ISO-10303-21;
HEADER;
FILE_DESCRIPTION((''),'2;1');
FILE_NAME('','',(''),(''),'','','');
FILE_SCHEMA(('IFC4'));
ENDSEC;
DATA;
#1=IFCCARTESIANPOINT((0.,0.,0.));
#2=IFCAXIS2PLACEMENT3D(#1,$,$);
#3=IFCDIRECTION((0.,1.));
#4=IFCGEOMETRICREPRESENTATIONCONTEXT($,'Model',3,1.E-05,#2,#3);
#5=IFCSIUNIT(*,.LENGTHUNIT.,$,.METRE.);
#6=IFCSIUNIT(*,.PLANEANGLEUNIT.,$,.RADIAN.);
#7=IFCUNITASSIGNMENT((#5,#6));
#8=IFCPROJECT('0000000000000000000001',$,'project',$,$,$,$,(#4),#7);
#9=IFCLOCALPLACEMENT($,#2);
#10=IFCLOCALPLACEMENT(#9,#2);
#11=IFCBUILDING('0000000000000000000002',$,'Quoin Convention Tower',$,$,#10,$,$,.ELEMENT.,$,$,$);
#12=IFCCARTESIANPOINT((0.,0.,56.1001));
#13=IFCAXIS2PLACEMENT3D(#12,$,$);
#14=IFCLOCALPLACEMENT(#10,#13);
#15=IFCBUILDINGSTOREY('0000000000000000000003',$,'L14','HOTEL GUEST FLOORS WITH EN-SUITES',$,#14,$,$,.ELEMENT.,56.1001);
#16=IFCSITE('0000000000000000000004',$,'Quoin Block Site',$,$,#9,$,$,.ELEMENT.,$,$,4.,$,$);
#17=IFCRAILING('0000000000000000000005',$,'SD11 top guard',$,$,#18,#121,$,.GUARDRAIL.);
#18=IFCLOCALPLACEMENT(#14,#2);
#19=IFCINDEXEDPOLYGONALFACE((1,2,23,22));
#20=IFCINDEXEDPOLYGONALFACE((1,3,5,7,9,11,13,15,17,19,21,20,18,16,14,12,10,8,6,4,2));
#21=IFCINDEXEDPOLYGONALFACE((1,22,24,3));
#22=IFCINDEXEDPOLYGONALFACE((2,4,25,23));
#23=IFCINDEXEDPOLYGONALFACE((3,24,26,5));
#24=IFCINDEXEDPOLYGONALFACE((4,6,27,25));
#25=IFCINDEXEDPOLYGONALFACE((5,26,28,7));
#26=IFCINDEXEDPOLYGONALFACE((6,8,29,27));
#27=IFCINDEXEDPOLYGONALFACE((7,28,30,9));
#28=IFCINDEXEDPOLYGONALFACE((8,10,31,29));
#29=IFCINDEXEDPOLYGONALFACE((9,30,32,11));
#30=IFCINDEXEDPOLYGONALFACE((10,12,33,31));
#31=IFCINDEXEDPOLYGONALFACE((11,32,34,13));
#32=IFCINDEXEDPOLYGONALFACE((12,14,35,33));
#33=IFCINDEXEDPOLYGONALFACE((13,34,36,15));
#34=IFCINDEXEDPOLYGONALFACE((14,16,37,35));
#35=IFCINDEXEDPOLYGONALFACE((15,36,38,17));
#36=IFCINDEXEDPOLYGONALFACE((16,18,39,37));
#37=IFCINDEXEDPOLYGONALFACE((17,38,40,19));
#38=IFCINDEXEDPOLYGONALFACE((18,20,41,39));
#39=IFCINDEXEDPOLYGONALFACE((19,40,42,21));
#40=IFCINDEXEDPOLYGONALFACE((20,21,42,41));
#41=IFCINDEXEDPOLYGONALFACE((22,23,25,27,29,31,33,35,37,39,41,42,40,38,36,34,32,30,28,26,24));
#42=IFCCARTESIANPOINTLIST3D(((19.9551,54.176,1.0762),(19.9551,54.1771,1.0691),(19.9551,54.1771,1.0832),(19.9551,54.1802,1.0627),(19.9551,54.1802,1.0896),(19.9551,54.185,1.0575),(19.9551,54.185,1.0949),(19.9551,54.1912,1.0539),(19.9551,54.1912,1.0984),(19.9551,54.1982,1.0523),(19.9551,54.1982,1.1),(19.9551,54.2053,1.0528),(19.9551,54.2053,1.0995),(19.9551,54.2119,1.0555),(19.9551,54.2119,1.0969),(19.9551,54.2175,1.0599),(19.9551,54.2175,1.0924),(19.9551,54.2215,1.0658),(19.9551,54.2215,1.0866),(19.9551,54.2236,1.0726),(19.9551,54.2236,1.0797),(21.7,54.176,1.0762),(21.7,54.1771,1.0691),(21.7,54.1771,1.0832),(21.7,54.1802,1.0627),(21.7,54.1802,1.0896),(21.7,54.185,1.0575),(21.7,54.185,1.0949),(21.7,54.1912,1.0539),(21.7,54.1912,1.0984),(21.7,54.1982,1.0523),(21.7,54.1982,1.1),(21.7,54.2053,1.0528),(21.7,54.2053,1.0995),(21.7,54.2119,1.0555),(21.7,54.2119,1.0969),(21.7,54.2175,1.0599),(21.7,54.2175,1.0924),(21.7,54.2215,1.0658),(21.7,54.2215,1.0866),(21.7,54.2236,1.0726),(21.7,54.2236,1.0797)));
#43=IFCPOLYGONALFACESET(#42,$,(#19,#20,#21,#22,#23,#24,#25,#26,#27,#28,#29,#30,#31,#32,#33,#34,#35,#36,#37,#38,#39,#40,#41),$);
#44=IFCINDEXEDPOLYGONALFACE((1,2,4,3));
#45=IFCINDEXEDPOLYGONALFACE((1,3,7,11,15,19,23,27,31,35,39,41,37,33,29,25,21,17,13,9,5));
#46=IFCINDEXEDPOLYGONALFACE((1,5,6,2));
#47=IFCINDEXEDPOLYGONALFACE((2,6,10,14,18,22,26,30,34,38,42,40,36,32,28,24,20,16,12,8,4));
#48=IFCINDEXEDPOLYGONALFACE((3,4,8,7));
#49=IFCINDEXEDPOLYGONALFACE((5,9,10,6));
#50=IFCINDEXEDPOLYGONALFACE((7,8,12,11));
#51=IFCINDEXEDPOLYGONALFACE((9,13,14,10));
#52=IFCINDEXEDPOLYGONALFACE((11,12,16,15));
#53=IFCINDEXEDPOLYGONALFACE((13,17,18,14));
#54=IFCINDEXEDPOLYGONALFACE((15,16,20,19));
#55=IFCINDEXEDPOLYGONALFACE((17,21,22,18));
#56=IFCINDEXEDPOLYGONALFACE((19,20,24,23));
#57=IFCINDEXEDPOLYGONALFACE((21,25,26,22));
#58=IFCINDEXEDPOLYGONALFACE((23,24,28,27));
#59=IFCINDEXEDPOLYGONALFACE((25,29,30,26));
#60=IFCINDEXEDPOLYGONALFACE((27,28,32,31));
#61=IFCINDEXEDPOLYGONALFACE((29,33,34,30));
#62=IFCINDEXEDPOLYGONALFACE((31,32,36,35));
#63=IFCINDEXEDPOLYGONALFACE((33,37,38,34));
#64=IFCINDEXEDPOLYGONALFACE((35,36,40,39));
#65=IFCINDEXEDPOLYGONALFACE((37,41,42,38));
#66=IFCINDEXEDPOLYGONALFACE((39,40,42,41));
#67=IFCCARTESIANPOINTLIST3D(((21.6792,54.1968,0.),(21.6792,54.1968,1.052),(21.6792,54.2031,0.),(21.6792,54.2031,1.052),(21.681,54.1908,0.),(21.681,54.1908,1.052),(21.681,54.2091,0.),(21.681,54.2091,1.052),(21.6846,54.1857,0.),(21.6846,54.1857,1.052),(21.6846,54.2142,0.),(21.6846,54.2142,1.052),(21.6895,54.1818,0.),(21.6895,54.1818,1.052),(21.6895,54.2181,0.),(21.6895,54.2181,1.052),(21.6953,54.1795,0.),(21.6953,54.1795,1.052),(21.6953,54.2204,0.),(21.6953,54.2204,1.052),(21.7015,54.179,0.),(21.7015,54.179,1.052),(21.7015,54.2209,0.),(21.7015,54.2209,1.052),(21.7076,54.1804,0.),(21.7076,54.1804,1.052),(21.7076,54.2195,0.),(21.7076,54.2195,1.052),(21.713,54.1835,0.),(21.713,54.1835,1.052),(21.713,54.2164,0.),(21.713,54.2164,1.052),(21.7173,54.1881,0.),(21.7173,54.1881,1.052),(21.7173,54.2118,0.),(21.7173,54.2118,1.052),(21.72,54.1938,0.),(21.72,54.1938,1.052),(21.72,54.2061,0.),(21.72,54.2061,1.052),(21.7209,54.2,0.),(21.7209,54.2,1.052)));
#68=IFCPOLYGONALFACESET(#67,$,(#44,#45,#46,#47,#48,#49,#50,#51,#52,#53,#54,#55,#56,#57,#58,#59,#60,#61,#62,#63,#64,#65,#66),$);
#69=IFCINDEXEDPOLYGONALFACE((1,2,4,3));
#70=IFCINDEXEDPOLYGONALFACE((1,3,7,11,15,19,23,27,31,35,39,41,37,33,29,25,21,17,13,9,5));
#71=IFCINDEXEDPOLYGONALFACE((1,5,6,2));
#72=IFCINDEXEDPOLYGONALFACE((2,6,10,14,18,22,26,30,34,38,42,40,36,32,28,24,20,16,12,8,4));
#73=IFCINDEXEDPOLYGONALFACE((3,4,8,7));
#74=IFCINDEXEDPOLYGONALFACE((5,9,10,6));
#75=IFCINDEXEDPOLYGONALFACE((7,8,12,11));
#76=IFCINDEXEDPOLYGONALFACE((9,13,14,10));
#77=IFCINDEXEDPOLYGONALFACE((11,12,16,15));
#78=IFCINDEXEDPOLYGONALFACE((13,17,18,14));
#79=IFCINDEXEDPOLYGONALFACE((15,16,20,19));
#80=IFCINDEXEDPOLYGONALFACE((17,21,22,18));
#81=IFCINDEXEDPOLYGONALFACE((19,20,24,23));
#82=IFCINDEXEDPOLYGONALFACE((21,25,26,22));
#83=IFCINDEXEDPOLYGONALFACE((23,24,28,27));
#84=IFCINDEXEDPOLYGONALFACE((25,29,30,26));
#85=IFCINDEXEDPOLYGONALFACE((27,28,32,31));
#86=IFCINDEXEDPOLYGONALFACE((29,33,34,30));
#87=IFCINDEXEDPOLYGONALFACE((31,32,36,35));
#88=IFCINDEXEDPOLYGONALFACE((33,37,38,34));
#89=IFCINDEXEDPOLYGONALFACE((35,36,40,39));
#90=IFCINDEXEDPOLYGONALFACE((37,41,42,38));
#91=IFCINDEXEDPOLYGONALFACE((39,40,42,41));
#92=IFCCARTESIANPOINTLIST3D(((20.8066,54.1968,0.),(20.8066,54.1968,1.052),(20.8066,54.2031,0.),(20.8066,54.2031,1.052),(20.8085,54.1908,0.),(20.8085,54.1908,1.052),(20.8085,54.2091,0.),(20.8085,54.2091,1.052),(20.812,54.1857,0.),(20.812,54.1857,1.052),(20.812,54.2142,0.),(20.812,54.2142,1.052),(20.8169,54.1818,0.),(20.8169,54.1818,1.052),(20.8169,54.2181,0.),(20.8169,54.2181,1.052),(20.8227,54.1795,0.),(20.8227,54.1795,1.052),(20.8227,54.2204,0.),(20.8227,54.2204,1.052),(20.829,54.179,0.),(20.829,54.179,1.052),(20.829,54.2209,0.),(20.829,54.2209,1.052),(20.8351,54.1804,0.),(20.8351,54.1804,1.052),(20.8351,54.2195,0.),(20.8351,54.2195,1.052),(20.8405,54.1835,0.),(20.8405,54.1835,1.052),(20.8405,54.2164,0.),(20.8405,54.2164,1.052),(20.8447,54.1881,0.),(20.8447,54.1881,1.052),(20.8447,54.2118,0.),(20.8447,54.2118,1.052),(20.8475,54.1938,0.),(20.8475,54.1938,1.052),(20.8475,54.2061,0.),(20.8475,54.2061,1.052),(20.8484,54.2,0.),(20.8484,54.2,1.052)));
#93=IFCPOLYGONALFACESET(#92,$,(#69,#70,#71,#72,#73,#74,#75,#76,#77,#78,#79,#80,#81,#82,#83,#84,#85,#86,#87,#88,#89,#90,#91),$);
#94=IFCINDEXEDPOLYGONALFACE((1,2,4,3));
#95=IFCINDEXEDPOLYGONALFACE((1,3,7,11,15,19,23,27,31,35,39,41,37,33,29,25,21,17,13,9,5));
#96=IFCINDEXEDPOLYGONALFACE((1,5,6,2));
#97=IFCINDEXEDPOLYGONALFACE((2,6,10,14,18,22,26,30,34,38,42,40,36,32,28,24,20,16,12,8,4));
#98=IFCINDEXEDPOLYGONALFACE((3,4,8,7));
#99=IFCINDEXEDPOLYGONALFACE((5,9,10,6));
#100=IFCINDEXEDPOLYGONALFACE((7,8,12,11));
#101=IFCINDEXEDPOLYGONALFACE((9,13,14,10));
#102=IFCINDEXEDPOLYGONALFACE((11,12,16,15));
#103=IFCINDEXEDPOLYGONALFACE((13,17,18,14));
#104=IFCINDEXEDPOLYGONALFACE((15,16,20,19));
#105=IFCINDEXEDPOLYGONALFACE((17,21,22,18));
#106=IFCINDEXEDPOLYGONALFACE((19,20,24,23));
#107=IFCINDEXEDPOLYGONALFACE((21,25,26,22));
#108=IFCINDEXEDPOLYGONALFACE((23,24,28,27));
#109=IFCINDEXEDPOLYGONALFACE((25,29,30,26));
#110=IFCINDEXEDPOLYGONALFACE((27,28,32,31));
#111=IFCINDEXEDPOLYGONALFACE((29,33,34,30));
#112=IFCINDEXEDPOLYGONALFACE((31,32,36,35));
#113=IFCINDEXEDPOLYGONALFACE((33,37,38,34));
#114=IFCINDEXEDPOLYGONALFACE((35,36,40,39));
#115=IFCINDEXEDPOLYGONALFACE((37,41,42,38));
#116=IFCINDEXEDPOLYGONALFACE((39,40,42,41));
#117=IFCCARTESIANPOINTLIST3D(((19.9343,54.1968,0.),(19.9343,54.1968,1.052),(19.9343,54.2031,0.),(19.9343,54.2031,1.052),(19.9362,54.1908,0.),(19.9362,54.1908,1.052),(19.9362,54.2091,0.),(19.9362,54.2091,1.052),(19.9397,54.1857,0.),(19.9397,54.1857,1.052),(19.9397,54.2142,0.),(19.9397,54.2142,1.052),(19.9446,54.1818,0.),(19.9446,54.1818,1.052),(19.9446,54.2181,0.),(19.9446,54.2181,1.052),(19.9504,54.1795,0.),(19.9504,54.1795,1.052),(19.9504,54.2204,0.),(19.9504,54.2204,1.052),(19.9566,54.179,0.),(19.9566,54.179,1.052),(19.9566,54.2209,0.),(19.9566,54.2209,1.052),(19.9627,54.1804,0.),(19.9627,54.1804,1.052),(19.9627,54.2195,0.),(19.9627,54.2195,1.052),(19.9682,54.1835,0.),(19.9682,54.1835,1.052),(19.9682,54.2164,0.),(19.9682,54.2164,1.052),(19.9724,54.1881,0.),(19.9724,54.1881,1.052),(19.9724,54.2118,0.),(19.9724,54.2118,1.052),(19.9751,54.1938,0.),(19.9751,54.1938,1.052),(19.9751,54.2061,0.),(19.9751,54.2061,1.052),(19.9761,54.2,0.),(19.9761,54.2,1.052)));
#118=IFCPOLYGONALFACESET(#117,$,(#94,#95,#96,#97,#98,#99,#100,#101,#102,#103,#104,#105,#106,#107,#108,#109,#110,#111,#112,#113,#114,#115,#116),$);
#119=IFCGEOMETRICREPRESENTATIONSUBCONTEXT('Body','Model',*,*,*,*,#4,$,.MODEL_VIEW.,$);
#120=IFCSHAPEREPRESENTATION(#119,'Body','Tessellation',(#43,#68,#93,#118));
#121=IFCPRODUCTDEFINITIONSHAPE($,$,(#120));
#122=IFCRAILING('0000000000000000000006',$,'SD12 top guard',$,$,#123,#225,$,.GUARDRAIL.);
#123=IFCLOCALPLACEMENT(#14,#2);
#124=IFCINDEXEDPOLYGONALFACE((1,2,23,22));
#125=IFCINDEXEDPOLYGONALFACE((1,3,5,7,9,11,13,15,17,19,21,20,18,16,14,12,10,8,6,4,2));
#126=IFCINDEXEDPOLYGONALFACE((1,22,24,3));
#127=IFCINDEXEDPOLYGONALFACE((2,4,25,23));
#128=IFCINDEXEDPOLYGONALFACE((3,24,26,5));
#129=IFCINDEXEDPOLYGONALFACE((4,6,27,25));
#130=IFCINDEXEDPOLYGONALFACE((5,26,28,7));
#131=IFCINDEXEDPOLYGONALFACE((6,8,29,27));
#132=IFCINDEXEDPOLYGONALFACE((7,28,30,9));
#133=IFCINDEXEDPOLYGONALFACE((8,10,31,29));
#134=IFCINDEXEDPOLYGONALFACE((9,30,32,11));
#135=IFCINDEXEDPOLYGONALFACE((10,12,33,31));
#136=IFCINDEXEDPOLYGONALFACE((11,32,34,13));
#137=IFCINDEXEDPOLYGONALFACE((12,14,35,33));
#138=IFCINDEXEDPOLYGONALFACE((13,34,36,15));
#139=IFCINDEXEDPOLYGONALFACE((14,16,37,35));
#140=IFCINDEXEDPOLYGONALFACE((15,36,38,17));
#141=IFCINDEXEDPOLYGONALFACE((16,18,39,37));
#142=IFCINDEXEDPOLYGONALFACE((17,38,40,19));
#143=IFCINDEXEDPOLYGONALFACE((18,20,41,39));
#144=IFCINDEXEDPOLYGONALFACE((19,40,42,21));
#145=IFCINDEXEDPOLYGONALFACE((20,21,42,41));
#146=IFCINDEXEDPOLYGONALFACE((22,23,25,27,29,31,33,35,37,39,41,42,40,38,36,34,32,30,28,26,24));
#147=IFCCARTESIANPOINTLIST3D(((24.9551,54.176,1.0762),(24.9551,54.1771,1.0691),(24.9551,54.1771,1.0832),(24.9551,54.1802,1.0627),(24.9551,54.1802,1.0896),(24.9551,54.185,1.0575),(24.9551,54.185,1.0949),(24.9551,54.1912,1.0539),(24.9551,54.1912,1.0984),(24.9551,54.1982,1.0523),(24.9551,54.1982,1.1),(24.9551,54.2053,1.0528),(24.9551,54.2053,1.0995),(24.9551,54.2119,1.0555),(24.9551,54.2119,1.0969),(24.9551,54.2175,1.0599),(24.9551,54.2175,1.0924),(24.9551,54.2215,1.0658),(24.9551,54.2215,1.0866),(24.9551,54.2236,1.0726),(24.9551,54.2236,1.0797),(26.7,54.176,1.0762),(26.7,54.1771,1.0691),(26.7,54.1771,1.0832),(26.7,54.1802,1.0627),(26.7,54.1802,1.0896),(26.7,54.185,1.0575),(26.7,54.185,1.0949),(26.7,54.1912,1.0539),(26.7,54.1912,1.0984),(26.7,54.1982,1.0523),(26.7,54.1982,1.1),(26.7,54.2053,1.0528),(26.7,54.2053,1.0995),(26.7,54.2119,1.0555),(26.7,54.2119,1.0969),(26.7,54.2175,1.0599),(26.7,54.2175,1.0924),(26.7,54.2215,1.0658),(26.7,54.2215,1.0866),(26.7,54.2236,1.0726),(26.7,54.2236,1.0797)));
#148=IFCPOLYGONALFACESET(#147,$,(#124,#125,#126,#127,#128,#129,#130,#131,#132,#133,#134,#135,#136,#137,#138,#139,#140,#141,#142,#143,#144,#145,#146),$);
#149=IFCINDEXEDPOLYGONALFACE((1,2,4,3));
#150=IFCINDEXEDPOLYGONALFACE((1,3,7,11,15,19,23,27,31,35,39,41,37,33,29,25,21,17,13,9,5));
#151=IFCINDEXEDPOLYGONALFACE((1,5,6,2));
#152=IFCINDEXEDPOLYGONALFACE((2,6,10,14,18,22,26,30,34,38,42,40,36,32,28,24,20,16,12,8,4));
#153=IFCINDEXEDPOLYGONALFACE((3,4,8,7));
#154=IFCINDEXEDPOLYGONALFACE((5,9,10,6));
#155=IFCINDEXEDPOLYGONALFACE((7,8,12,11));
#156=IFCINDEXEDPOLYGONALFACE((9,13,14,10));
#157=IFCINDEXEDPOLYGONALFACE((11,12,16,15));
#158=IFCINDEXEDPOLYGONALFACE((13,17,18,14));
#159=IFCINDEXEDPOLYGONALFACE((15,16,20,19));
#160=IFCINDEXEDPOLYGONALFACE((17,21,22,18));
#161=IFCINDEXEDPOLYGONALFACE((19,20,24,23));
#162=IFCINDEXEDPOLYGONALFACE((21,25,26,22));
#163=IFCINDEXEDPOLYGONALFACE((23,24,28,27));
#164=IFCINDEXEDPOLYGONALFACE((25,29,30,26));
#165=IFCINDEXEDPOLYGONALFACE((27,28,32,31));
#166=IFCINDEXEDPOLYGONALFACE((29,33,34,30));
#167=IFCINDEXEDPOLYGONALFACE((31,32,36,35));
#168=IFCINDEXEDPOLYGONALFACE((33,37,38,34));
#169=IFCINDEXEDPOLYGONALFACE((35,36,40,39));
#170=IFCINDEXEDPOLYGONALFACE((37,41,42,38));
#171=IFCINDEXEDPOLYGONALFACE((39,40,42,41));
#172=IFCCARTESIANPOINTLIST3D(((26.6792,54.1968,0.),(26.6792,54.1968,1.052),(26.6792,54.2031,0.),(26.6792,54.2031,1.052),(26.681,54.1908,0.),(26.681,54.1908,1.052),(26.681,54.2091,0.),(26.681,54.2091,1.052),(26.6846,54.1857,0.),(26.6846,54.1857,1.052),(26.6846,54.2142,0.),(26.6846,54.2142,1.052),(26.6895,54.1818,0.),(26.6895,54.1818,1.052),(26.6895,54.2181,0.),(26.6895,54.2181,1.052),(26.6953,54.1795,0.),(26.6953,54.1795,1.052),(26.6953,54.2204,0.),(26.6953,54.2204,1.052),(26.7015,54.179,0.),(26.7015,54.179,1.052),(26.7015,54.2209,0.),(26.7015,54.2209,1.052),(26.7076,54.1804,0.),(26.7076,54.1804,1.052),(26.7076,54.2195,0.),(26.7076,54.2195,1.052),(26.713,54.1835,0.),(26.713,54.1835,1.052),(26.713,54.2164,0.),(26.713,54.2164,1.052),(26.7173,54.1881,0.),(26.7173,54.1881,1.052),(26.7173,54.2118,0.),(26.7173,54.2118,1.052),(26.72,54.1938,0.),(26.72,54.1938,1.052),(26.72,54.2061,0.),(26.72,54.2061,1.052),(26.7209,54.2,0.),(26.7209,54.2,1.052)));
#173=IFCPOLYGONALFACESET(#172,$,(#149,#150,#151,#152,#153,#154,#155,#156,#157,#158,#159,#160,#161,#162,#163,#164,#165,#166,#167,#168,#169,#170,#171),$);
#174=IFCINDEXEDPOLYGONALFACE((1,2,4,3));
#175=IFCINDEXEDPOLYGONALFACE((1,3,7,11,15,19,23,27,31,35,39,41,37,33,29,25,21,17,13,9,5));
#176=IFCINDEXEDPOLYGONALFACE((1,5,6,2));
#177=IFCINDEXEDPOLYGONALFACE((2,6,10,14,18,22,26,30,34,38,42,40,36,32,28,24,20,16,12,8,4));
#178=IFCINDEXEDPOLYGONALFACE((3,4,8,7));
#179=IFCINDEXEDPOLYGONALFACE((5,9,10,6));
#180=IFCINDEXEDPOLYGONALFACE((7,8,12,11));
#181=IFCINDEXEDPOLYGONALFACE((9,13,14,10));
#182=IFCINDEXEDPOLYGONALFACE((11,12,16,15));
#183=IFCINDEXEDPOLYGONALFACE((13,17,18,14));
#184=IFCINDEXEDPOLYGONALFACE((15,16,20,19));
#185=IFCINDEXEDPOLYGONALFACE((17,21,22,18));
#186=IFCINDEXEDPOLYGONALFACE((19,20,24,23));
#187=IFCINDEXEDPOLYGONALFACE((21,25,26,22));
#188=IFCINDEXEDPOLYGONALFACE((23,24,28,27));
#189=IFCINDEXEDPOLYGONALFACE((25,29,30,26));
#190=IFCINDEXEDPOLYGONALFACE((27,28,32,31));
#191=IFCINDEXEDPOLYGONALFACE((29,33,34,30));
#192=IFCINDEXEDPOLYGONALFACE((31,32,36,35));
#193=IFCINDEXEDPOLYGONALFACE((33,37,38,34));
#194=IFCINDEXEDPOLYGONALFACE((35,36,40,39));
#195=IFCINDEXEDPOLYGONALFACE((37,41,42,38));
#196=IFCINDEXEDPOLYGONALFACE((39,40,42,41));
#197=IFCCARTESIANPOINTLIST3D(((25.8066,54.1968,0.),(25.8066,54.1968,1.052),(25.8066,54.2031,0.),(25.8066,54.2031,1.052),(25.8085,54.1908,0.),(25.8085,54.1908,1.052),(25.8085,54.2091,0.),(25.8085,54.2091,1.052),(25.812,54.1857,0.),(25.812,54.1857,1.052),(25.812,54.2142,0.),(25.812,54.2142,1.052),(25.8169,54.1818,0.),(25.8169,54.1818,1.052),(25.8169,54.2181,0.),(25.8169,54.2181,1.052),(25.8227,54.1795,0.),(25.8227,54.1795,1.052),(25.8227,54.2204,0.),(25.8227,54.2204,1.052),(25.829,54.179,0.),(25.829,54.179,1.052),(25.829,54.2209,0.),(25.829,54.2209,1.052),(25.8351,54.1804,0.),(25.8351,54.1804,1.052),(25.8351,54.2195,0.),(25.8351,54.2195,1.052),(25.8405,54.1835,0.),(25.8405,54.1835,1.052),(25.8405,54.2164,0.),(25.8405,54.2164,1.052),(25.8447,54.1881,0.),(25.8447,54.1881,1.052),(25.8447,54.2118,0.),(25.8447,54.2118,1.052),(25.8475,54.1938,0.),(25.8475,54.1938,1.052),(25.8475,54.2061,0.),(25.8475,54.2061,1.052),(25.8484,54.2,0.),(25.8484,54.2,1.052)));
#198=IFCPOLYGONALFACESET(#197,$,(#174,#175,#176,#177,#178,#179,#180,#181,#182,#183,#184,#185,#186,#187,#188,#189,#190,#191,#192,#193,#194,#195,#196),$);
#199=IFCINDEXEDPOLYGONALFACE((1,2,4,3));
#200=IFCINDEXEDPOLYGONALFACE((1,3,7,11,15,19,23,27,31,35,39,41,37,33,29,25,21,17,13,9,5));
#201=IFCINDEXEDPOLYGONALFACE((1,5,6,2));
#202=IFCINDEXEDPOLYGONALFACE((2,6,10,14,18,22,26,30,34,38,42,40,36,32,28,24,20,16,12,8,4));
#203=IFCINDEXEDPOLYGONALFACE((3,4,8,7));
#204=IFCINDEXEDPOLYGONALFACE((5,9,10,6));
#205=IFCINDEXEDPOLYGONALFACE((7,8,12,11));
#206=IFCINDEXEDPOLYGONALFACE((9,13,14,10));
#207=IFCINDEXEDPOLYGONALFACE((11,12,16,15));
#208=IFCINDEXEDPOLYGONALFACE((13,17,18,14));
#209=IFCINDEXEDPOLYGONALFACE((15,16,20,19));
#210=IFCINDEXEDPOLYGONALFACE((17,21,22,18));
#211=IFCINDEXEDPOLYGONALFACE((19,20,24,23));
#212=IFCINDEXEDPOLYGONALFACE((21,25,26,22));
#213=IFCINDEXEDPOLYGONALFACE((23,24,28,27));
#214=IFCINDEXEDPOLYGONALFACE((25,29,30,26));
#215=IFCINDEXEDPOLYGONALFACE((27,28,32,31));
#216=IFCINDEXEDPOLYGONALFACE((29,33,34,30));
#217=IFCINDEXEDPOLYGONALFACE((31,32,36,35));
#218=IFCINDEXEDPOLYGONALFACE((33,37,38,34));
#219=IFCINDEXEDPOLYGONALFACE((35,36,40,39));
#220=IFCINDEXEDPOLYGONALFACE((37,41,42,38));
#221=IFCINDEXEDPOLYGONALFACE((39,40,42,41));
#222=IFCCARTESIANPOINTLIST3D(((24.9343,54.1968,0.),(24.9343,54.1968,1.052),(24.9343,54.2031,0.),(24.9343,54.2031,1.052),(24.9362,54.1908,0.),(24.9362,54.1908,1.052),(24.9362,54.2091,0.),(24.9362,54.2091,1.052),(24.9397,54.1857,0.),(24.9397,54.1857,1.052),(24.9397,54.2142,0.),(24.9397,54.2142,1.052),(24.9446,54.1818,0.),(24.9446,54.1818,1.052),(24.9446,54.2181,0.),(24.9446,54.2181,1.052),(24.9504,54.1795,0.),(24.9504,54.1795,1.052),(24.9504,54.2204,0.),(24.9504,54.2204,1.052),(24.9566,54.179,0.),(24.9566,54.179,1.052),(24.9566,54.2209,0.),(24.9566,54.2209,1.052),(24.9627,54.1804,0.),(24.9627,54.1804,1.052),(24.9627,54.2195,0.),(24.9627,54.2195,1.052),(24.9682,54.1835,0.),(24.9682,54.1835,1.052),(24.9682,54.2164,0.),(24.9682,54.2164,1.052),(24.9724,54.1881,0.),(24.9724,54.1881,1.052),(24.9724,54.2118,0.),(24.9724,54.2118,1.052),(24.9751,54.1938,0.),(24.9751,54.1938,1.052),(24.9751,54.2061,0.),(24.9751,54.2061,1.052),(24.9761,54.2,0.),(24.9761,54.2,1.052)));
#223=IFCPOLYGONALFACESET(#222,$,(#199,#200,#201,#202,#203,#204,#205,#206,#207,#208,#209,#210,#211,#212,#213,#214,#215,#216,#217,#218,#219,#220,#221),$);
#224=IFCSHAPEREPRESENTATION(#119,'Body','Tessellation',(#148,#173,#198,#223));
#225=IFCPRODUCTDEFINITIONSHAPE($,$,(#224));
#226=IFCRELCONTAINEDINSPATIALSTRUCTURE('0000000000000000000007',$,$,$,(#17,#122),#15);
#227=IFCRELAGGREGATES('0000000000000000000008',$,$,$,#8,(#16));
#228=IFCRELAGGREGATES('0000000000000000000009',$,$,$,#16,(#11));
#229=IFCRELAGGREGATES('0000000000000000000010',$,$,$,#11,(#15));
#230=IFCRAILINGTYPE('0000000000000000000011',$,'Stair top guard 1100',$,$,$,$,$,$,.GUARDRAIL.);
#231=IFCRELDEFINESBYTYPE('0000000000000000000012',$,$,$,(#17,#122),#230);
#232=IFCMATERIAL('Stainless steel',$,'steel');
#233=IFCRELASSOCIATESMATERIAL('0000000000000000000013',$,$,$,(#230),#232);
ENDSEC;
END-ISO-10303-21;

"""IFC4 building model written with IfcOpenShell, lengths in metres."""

from ifc_helpers import new_model, si_unit, direction, frame, origin, origin_2d, place, context, subcontext, project, spatial, circle, extrude, material, type_object, element, save


model = new_model("IFC4")

# Units and contexts
model_context = context("Model", 3, precision=1e-05, world=origin(), true_north=direction((0.0, 1.0)))
body_context = subcontext(model_context, "Body", "Model", "MODEL_VIEW")
ifc_project = project(units=[si_unit("LENGTHUNIT", "METRE"), si_unit("PLANEANGLEUNIT", "RADIAN")], contexts=[model_context])

# Site, building, storey
site_placement = place(None, origin())
site = spatial("IfcSite", under=ifc_project, at=site_placement, Name="Quoin Block Site", CompositionType="ELEMENT", RefElevation=4.0)
building_placement = place(site_placement, origin())
building = spatial("IfcBuilding", under=site, at=building_placement, Name="Quoin Convention Tower", CompositionType="ELEMENT")
storey_placement = place(building_placement, frame((0.0, 0.0, 56.1001)))
storey = spatial("IfcBuildingStorey", under=building, at=storey_placement, Name="L14", Description="HOTEL GUEST FLOORS WITH EN-SUITES", CompositionType="ELEMENT", Elevation=56.1001)

# Railings
ifc_material_1 = material(Name="Stainless steel", Category="steel")
railing_type_1 = type_object("IfcRailingType", Name="Stair top guard 1100", PredefinedType="GUARDRAIL", material=ifc_material_1)
for number, where, name in (
    (1, (21.7, 54.2, 0.0), "SD11 top guard"),
    (2, (26.7, 54.2, 0.0), "SD12 top guard"),
):
    element("IfcRailing", number, at=place(storey_placement, frame(where)), inside=storey, type_object=railing_type_1, Name=name, PredefinedType="GUARDRAIL", context=body_context, shape_type="SweptSolid", body=[
        extrude(circle(Radius=0.0239, at=origin_2d()), frame((0.0, 0.0, 1.0762), z_axis=(-1.0, 0.0, 0.0), x_axis=(0.0, -1.0, 0.0)), (0.0, 0.0, 1.0), 1.7449),
        extrude(circle(Radius=0.021, at=origin_2d()), origin(), (0.0, 0.0, 1.0), 1.052),
        extrude(circle(Radius=0.021, at=origin_2d()), frame((-0.8726, 0.0, 0.0)), (0.0, 0.0, 1.0), 1.052),
        extrude(circle(Radius=0.021, at=origin_2d()), frame((-1.7449, 0.0, 0.0)), (0.0, 0.0, 1.0), 1.052),
    ])

save(model, "model.ifc")
